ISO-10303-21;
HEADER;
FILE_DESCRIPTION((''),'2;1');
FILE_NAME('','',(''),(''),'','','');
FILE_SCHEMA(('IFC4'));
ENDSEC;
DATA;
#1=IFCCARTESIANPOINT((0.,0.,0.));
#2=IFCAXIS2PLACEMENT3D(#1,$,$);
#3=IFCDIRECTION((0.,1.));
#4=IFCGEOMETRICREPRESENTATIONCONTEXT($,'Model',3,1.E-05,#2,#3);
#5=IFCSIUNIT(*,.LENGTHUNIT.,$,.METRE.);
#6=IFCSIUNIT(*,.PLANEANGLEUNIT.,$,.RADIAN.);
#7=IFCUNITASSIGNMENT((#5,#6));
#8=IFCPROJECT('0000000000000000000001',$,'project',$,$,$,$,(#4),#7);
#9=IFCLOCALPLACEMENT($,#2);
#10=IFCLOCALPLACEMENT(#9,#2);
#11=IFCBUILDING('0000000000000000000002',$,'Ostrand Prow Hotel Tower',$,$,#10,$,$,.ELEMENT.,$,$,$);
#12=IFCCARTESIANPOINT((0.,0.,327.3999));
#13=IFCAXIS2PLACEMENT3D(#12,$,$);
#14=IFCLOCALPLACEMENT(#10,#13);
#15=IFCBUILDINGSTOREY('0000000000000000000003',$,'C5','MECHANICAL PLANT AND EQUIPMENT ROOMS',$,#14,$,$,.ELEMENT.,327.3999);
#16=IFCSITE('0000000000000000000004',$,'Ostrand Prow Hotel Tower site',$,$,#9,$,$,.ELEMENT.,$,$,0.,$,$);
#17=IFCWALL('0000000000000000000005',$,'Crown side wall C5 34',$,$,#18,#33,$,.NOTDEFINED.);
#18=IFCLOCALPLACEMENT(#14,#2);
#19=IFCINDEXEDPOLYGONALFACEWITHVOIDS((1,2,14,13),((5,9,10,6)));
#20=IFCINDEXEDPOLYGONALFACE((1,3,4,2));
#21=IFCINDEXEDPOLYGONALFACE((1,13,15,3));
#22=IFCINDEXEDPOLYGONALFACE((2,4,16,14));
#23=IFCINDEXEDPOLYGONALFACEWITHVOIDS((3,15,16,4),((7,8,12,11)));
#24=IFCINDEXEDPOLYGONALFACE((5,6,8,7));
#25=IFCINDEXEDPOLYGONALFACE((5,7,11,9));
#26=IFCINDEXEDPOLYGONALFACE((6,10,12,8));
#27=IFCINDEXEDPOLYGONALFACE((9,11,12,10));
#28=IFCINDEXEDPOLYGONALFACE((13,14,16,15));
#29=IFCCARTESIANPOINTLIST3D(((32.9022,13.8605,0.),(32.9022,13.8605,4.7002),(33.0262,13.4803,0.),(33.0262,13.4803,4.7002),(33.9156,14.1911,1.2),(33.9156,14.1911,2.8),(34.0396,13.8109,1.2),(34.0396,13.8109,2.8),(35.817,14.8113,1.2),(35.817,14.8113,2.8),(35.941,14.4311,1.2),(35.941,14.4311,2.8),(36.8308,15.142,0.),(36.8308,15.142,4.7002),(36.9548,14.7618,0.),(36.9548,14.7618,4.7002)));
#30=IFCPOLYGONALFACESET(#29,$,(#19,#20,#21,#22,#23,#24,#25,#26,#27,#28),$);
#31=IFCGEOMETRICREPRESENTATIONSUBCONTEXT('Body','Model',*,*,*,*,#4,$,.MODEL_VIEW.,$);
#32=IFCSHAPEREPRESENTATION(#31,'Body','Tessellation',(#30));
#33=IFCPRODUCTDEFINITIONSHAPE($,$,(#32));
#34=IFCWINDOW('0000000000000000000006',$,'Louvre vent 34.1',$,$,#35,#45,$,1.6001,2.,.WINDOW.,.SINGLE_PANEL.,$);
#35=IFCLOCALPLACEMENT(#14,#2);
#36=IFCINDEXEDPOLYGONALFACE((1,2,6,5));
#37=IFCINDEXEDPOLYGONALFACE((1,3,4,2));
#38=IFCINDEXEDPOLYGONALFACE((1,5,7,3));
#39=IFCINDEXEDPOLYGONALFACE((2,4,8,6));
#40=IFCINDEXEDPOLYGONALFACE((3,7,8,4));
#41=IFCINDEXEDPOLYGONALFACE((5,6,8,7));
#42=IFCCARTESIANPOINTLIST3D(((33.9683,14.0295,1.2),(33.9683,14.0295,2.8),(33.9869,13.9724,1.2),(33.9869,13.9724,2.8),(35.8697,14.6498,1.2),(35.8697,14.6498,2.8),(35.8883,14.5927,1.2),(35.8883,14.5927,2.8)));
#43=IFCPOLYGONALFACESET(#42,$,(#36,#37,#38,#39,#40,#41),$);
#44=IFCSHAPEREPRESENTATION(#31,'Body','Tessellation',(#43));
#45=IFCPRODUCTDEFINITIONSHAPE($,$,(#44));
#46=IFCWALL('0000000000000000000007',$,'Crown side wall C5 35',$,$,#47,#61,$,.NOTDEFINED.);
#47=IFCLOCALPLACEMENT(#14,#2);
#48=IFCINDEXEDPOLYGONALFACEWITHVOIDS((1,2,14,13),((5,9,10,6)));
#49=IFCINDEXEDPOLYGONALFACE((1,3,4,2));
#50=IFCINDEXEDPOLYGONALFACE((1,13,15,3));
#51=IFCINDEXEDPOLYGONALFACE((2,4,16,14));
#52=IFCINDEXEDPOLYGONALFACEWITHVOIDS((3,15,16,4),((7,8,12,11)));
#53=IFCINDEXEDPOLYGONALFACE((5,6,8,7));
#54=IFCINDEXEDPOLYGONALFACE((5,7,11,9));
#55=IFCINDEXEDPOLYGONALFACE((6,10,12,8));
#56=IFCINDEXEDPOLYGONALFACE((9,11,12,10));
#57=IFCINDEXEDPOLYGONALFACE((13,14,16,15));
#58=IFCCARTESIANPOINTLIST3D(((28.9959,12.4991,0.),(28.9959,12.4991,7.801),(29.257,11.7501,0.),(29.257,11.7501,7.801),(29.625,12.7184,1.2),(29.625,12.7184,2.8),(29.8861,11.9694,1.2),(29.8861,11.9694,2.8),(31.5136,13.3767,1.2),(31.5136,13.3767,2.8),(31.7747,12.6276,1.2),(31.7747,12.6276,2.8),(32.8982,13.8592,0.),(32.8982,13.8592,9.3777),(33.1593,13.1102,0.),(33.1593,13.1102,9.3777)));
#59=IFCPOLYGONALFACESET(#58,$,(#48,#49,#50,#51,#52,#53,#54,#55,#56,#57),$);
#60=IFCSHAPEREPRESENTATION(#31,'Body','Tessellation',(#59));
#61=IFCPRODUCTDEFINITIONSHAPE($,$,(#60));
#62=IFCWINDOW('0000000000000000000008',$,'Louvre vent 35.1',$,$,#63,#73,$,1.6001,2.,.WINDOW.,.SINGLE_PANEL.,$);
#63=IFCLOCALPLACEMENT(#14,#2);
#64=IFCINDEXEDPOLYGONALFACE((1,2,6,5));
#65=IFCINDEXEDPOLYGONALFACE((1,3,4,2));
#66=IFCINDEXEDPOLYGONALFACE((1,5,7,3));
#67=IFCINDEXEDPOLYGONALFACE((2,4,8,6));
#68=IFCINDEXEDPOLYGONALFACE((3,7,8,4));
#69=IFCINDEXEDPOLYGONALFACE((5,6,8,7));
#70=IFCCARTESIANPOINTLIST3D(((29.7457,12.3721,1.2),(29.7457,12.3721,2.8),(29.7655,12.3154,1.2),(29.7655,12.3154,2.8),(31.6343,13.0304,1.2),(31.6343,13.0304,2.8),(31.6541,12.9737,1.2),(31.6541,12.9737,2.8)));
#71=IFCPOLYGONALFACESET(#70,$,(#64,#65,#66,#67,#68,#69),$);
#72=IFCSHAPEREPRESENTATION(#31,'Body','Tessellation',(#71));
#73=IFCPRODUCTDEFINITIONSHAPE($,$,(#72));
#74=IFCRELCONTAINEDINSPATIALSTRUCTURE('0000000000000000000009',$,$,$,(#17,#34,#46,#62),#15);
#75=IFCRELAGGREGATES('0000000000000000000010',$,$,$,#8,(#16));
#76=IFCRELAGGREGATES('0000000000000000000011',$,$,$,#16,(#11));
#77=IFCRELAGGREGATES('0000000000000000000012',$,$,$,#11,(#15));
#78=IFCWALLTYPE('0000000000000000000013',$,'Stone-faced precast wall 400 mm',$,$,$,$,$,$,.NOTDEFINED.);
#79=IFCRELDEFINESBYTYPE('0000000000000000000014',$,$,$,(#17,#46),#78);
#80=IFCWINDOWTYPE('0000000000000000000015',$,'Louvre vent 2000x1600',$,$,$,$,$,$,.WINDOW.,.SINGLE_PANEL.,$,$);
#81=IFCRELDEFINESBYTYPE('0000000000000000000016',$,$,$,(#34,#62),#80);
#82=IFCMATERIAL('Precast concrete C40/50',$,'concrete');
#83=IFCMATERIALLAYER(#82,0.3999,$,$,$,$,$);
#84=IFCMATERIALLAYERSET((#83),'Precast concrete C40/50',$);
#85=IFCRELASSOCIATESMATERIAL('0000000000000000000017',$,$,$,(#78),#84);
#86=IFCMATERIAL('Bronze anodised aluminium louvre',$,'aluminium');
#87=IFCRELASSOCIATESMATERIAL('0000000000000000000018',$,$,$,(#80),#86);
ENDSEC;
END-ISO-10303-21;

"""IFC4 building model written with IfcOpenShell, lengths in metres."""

from ifc_helpers import new_model, si_unit, direction, frame, frame_2d, origin, place, context, subcontext, project, spatial, polyline, rectangle, outline, extrude, material, layer, layer_set, type_object, element, fill, save


model = new_model("IFC4")

# Units and contexts
model_context = context("Model", 3, precision=1e-05, world=origin(), true_north=direction((0.0, 1.0)))
body_context = subcontext(model_context, "Body", "Model", "MODEL_VIEW")
ifc_project = project(units=[si_unit("LENGTHUNIT", "METRE"), si_unit("PLANEANGLEUNIT", "RADIAN")], contexts=[model_context])

# Site, building, storey
site_placement = place(None, origin())
site = spatial("IfcSite", under=ifc_project, at=site_placement, Name="Ostrand Prow Hotel Tower site", CompositionType="ELEMENT", RefElevation=0.0)
building_placement = place(site_placement, origin())
building = spatial("IfcBuilding", under=site, at=building_placement, Name="Ostrand Prow Hotel Tower", CompositionType="ELEMENT")
storey_placement = place(building_placement, frame((0.0, 0.0, 327.3999)))
storey = spatial("IfcBuildingStorey", under=building, at=storey_placement, Name="C5", Description="MECHANICAL PLANT AND EQUIPMENT ROOMS", CompositionType="ELEMENT", Elevation=327.3999)

# Walls, openings, windows
ifc_material_1 = material(Name="Precast concrete C40/50", Category="concrete")
ifc_layer_1 = layer(ifc_material_1, 0.3999)
ifc_layer_set_1 = layer_set([ifc_layer_1], Name="Precast concrete C40/50")
wall_type_1 = type_object("IfcWallType", Name="Stone-faced precast wall 400 mm", PredefinedType="NOTDEFINED", material=ifc_layer_set_1)
wall_1_placement = place(storey_placement, frame((36.8928, 14.9519, 0.0), z_axis=(0.0, 0.0, 1.0), x_axis=(-0.950702, -0.310107, 0.0)))
wall_1 = element("IfcWall", 1, at=wall_1_placement, inside=storey, type_object=wall_type_1, Name="Crown side wall C5 34", PredefinedType="NOTDEFINED", context=body_context, shape_type="SweptSolid", body=[
    extrude(rectangle(XDim=4.1323, YDim=0.3999, at=frame_2d((2.0662, 0.0))), origin(), (0.0, 0.0, 1.0), 4.7002),
])
opening_1_placement = place(wall_1_placement, frame((1.0664, 0.0, 1.2)))
opening_1 = element("IfcOpeningElement", 2, at=opening_1_placement, cuts=wall_1, PredefinedType="OPENING", context=body_context, shape_type="SweptSolid", body=[
    extrude(rectangle(XDim=2.0, YDim=1.6001, at=frame_2d((1.0, 0.8))), frame((0.0, 0.21, 0.0), z_axis=(0.0, -1.0, 0.0), x_axis=(1.0, 0.0, 0.0)), (0.0, 0.0, 1.0), 0.4199),
])
ifc_material_2 = material(Name="Bronze anodised aluminium louvre", Category="aluminium")
window_type = type_object("IfcWindowType", Name="Louvre vent 2000x1600", PartitioningType="SINGLE_PANEL", PredefinedType="WINDOW", material=ifc_material_2)
window_1_placement = place(opening_1_placement, origin())
window_1 = element("IfcWindow", 3, at=window_1_placement, inside=storey, type_object=window_type, Name="Louvre vent 34.1", OverallHeight=1.6001, OverallWidth=2.0, PartitioningType="SINGLE_PANEL", PredefinedType="WINDOW", context=body_context, shape_type="SweptSolid", body=[
    extrude(rectangle(XDim=2.0, YDim=1.6001, at=frame_2d((1.0, 0.8))), frame((0.0, 0.03, 0.0), z_axis=(0.0, -1.0, 0.0), x_axis=(1.0, 0.0, 0.0)), (0.0, 0.0, 1.0), 0.0601),
])
fill(opening_1, window_1)
wall_2_placement = place(storey_placement, frame((33.0288, 13.4846, 0.0), z_axis=(0.0, 0.0, 1.0), x_axis=(-0.944289, -0.329119, 0.0)))
wall_2 = element("IfcWall", 4, at=wall_2_placement, inside=storey, type_object=wall_type_1, Name="Crown side wall C5 35", PredefinedType="NOTDEFINED", context=body_context, shape_type="SweptSolid", body=[
    extrude(outline(polyline([(0.0, 0.0), (4.1326, 0.0), (4.1326, 7.801), (0.0, 9.3777), (0.0, 0.0)])), frame((0.0, 0.3965, 0.0), z_axis=(0.0, -1.0, 0.0), x_axis=(1.0, 0.0, 0.0)), (0.0, 0.0, 1.0), 0.7932),
])
opening_2_placement = place(wall_2_placement, frame((1.4663, 0.0, 1.2)))
opening_2 = element("IfcOpeningElement", 5, at=opening_2_placement, cuts=wall_2, PredefinedType="OPENING", context=body_context, shape_type="SweptSolid", body=[
    extrude(rectangle(XDim=2.0, YDim=1.6001, at=frame_2d((1.0, 0.8))), frame((0.0, 0.4065, 0.0), z_axis=(0.0, -1.0, 0.0), x_axis=(1.0, 0.0, 0.0)), (0.0, 0.0, 1.0), 0.8132),
])
window_2_placement = place(opening_2_placement, origin())
window_2 = element("IfcWindow", 6, at=window_2_placement, inside=storey, type_object=window_type, Name="Louvre vent 35.1", OverallHeight=1.6001, OverallWidth=2.0, PartitioningType="SINGLE_PANEL", PredefinedType="WINDOW", context=body_context, shape_type="SweptSolid", body=[
    extrude(rectangle(XDim=2.0, YDim=1.6001, at=frame_2d((1.0, 0.8))), frame((0.0, 0.03, 0.0), z_axis=(0.0, -1.0, 0.0), x_axis=(1.0, 0.0, 0.0)), (0.0, 0.0, 1.0), 0.0601),
])
fill(opening_2, window_2)

save(model, "model.ifc")
